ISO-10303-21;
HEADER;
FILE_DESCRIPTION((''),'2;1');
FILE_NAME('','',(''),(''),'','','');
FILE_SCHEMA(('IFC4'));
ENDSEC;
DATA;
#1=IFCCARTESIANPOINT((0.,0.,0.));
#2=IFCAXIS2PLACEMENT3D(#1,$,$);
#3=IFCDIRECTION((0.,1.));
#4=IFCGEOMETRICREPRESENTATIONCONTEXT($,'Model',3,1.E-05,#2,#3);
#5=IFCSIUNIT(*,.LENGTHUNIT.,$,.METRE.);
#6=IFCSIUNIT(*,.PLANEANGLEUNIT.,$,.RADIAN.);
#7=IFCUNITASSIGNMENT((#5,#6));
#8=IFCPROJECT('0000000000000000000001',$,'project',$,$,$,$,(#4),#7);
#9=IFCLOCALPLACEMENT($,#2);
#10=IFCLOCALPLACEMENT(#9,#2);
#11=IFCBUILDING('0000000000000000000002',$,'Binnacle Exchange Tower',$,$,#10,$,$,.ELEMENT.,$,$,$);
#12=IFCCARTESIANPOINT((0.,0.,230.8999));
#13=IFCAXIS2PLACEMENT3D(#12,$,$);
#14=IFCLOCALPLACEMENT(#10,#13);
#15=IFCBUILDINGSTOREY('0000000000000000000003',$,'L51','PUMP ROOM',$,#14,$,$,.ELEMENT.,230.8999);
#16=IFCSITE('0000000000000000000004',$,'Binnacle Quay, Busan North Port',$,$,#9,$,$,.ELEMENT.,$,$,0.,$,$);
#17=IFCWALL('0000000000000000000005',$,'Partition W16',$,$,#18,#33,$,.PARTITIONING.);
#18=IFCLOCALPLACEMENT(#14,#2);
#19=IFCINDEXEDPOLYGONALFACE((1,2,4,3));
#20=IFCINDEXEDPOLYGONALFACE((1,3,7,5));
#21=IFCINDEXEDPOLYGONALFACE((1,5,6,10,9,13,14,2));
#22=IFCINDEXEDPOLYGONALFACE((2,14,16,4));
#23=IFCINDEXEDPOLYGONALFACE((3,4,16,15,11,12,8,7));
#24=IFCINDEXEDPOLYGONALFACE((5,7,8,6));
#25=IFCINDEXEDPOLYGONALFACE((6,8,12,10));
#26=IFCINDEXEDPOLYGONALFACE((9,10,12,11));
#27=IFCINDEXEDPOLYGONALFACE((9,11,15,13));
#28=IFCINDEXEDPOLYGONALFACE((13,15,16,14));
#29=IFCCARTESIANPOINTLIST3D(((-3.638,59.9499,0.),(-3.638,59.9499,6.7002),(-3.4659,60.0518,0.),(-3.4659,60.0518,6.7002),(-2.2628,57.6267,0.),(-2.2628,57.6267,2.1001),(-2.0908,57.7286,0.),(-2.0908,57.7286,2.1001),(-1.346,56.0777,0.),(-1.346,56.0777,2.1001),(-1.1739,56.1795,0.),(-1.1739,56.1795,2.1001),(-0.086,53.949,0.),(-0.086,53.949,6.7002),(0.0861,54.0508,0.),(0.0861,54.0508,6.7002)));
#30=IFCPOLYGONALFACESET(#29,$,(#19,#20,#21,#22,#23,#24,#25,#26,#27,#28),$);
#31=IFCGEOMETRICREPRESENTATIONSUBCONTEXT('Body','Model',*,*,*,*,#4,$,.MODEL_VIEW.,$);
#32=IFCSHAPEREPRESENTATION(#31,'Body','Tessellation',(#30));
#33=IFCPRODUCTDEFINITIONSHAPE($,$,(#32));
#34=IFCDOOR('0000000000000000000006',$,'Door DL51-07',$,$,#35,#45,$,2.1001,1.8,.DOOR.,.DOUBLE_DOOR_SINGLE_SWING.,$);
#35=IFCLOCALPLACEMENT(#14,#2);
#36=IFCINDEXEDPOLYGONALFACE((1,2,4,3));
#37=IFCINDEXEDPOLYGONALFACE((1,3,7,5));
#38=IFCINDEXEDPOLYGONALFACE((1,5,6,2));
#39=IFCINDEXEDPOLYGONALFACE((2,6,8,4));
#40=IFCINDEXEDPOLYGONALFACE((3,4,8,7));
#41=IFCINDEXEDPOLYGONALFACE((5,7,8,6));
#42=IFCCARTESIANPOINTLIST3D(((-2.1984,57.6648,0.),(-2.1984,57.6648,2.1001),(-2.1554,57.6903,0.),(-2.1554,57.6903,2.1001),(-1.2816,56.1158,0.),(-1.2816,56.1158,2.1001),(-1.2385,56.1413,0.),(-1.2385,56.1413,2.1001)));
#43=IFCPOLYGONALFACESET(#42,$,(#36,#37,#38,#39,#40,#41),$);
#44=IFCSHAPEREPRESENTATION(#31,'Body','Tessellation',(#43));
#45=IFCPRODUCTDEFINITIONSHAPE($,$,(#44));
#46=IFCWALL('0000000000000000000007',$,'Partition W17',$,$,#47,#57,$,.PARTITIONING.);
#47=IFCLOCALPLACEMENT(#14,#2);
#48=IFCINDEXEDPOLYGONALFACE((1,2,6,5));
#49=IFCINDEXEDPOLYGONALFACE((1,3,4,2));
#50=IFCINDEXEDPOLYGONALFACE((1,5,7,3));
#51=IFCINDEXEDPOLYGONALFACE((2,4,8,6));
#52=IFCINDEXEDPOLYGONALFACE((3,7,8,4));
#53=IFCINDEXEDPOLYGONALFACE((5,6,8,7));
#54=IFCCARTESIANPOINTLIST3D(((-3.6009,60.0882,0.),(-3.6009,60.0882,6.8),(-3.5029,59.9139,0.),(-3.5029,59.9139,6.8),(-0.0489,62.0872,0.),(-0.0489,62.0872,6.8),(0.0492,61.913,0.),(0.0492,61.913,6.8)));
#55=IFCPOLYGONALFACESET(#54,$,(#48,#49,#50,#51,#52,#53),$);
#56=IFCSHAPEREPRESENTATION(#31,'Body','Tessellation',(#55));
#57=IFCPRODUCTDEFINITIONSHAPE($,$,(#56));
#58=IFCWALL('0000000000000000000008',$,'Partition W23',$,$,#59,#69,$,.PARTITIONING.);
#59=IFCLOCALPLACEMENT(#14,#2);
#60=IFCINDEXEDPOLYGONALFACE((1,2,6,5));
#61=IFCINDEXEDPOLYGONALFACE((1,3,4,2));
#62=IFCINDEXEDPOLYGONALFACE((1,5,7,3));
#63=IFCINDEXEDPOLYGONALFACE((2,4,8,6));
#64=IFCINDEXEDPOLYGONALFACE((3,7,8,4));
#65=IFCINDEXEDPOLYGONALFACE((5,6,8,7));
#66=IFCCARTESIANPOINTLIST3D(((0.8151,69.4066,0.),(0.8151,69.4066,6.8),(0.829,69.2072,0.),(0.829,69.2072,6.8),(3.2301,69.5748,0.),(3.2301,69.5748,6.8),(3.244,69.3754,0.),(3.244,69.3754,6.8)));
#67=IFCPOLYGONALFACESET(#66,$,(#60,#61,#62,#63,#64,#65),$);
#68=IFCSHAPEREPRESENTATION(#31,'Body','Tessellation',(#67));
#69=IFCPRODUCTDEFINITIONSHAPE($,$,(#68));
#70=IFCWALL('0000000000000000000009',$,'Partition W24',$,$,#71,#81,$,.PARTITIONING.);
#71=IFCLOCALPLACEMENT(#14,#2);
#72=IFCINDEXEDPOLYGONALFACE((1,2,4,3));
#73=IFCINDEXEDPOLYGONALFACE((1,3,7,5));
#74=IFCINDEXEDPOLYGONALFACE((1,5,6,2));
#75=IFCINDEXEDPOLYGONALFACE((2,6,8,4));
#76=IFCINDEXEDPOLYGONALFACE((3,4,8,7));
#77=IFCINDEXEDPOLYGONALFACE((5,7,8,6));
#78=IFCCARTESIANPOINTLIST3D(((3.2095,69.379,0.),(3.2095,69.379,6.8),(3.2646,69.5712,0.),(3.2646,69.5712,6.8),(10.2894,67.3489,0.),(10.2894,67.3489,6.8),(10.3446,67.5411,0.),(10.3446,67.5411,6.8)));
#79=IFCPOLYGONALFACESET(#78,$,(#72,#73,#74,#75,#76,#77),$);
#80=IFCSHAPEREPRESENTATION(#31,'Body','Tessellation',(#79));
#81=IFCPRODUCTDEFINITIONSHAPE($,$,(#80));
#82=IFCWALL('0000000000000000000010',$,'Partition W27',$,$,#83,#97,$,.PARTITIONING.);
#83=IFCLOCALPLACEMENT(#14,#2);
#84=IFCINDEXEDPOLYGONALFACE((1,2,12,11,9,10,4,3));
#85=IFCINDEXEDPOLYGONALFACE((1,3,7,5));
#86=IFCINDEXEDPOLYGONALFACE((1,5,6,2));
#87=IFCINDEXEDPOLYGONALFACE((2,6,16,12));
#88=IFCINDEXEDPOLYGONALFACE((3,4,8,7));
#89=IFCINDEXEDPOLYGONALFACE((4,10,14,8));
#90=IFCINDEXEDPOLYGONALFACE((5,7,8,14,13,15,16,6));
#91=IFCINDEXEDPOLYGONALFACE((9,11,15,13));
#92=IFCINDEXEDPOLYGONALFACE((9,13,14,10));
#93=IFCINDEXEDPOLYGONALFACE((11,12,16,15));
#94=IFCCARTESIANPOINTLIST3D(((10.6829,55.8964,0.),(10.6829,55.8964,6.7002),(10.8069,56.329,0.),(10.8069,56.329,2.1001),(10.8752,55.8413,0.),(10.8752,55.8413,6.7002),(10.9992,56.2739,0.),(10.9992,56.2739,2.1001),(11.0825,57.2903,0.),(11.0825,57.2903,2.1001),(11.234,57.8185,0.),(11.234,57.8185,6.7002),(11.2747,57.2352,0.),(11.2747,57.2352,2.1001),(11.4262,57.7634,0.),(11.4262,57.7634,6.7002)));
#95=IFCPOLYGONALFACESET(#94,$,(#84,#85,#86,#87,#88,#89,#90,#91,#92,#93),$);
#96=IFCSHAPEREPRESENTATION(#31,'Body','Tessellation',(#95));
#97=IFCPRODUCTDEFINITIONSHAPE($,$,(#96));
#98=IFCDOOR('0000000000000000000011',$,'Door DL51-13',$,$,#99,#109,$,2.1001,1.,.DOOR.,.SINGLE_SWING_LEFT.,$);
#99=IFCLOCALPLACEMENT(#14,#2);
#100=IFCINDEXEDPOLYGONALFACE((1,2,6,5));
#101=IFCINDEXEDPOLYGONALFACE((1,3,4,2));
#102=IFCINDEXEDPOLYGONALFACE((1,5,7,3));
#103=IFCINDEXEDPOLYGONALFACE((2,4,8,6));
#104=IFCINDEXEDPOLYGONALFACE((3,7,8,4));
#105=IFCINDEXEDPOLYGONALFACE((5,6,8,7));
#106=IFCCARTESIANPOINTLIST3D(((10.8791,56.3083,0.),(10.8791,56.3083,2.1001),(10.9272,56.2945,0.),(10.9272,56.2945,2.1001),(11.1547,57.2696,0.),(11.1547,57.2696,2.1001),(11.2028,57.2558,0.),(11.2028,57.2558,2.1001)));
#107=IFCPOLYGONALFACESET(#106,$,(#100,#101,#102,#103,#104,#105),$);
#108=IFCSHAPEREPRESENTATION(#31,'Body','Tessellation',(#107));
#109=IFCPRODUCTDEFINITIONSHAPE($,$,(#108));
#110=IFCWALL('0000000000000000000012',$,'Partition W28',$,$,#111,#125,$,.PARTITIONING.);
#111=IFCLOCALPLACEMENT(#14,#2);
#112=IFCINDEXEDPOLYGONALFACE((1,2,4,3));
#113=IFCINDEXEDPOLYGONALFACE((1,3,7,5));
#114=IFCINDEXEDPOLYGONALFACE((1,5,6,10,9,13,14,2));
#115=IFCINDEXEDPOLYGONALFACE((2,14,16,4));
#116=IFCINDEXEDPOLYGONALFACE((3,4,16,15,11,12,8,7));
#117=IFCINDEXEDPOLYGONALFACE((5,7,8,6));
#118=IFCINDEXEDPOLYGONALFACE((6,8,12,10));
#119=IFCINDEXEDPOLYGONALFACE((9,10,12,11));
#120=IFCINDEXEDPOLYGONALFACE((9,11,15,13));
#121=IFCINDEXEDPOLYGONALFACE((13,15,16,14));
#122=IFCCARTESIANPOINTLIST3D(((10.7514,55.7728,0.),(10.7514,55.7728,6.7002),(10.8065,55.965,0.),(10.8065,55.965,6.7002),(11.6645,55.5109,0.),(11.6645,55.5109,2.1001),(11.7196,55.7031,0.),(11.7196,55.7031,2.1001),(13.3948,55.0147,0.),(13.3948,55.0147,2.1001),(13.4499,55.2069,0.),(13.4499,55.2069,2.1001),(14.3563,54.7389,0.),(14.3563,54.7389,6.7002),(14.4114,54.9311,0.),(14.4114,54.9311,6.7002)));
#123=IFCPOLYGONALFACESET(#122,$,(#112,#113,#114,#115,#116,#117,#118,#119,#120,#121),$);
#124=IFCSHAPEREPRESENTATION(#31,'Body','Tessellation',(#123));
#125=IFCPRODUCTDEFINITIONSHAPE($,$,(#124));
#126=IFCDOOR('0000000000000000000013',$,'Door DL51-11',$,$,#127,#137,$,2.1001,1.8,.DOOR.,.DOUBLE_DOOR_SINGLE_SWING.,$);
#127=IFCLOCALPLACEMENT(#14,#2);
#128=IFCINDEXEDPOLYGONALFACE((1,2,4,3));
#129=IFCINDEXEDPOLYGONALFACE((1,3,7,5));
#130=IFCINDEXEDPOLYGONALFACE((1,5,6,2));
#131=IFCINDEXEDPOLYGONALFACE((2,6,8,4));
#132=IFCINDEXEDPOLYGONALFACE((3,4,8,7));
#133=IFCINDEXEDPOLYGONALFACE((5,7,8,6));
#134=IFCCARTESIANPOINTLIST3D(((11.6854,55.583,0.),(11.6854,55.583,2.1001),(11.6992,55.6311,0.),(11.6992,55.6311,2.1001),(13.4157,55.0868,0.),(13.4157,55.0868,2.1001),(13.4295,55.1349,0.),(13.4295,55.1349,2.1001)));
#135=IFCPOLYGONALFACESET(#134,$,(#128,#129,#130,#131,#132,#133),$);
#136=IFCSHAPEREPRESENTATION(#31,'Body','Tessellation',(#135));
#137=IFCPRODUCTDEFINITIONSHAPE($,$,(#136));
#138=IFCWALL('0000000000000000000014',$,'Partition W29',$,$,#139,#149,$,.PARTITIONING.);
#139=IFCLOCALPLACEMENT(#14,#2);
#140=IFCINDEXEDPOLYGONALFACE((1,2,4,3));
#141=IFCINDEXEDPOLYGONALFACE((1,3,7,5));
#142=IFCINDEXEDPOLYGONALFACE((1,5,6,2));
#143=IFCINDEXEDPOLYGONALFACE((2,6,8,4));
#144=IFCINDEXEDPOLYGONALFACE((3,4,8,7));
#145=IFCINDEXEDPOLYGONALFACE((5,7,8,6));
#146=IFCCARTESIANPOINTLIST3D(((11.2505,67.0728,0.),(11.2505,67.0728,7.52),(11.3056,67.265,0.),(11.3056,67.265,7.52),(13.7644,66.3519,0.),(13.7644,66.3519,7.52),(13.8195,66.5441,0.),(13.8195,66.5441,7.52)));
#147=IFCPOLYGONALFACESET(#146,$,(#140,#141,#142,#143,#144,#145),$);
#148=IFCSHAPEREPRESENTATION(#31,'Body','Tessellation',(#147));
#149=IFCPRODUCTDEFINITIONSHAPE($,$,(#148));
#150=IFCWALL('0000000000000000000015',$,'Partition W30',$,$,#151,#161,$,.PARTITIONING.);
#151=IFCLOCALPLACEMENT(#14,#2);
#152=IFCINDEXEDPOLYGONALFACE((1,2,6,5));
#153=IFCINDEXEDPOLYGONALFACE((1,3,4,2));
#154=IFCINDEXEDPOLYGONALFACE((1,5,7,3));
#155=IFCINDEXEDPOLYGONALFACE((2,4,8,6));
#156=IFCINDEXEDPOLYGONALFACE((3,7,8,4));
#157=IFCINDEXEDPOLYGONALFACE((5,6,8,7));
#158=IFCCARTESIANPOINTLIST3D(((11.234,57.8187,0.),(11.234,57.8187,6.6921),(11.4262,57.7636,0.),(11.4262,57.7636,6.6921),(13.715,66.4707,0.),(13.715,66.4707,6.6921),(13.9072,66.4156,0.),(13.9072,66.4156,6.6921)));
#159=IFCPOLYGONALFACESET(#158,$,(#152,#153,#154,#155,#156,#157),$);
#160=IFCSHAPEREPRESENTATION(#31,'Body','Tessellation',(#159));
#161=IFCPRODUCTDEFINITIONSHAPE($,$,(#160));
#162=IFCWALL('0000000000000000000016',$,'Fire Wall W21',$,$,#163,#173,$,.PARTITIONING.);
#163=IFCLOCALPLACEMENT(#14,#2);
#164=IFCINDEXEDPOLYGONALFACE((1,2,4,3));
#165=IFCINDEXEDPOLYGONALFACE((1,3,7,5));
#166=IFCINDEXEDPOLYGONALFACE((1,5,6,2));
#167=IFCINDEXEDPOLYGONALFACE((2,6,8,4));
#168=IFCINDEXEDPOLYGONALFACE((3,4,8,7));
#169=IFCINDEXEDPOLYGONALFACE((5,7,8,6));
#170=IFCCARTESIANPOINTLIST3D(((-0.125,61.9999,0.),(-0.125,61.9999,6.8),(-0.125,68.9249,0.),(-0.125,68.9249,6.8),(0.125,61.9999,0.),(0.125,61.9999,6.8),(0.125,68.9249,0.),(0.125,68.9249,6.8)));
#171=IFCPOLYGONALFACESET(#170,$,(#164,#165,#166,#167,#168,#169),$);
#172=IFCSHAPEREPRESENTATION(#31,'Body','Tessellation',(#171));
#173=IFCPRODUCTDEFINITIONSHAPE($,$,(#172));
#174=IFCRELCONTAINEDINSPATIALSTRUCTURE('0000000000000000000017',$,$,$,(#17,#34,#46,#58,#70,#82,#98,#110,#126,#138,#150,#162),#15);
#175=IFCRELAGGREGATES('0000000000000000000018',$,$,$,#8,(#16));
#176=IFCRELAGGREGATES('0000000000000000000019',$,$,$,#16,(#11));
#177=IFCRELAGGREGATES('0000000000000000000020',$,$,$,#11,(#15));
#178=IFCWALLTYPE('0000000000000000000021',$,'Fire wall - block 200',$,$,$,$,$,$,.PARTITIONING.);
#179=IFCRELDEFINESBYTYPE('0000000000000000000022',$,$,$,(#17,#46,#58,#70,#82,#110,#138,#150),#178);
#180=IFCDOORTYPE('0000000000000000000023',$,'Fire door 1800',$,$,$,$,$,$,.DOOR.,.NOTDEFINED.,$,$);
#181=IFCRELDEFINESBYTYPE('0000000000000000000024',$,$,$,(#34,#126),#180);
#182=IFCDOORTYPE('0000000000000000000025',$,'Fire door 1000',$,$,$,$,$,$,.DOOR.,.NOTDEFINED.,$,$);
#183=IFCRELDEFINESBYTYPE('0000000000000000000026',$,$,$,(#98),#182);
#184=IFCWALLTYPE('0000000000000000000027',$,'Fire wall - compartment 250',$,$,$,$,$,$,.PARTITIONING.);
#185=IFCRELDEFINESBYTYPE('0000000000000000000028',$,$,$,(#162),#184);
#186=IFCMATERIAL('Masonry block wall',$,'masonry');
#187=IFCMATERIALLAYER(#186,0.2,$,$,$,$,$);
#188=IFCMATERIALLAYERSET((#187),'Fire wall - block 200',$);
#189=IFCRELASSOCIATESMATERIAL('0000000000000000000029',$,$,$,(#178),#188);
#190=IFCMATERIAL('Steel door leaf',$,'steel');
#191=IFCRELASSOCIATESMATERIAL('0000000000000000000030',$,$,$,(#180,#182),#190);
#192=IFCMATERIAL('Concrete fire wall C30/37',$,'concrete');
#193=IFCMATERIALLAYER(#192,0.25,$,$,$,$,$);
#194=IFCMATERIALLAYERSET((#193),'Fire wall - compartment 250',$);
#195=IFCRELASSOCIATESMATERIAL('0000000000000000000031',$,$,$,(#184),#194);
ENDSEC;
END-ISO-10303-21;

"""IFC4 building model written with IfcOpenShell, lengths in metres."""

from ifc_helpers import new_model, si_unit, direction, frame, frame_2d, origin, place, context, subcontext, project, spatial, rectangle, extrude, material, layer, layer_set, type_object, element, fill, save


model = new_model("IFC4")

# Units and contexts
model_context = context("Model", 3, precision=1e-05, world=origin(), true_north=direction((0.0, 1.0)))
body_context = subcontext(model_context, "Body", "Model", "MODEL_VIEW")
ifc_project = project(units=[si_unit("LENGTHUNIT", "METRE"), si_unit("PLANEANGLEUNIT", "RADIAN")], contexts=[model_context])

# Site, building, storey
site_placement = place(None, origin())
site = spatial("IfcSite", under=ifc_project, at=site_placement, Name="Binnacle Quay, Busan North Port", CompositionType="ELEMENT", RefElevation=0.0)
building_placement = place(site_placement, origin())
building = spatial("IfcBuilding", under=site, at=building_placement, Name="Binnacle Exchange Tower", CompositionType="ELEMENT")
storey_placement = place(building_placement, frame((0.0, 0.0, 230.8999)))
storey = spatial("IfcBuildingStorey", under=building, at=storey_placement, Name="L51", Description="PUMP ROOM", CompositionType="ELEMENT", Elevation=230.8999)

# Wall, opening, door
ifc_material_1 = material(Name="Masonry block wall", Category="masonry")
ifc_layer_1 = layer(ifc_material_1, 0.2)
ifc_layer_set_1 = layer_set([ifc_layer_1], Name="Fire wall - block 200")
wall_type_1 = type_object("IfcWallType", Name="Fire wall - block 200", PredefinedType="PARTITIONING", material=ifc_layer_set_1)
ifc_material_2 = material(Name="Steel door leaf", Category="steel")
door_type_1 = type_object("IfcDoorType", Name="Fire door 1800", OperationType="NOTDEFINED", PredefinedType="DOOR", material=ifc_material_2)
wall_1_placement = place(storey_placement, frame((-3.552, 60.001, 0.0), z_axis=(0.0, 0.0, 1.0), x_axis=(0.509364, -0.860551, 0.0)))
wall_1 = element("IfcWall", 1, at=wall_1_placement, inside=storey, type_object=wall_type_1, Name="Partition W16", PredefinedType="PARTITIONING", context=body_context, shape_type="SweptSolid", body=[
    extrude(rectangle(XDim=6.9734, YDim=0.2, at=frame_2d((3.4868, 0.0))), origin(), (0.0, 0.0, 1.0), 6.7002),
])
opening_1_placement = place(wall_1_placement, frame((2.7, 0.0, 0.0)))
opening_1 = element("IfcOpeningElement", 2, at=opening_1_placement, cuts=wall_1, PredefinedType="OPENING", context=body_context, shape_type="SweptSolid", body=[
    extrude(rectangle(XDim=1.8, YDim=2.1001, at=frame_2d((0.8999, 1.05))), frame((0.0, 0.1099, 0.0), z_axis=(0.0, -1.0, 0.0), x_axis=(1.0, 0.0, 0.0)), (0.0, 0.0, 1.0), 0.22),
])
door_1_placement = place(opening_1_placement, origin())
door_1 = element("IfcDoor", 3, at=door_1_placement, inside=storey, type_object=door_type_1, Name="Door DL51-07", OperationType="DOUBLE_DOOR_SINGLE_SWING", OverallHeight=2.1001, OverallWidth=1.8, PredefinedType="DOOR", context=body_context, shape_type="SweptSolid", body=[
    extrude(rectangle(XDim=1.8, YDim=2.1001, at=frame_2d((0.8999, 1.05))), frame((0.0, 0.0249, 0.0), z_axis=(0.0, -1.0, 0.0), x_axis=(1.0, 0.0, 0.0)), (0.0, 0.0, 1.0), 0.05),
])
fill(opening_1, door_1)

# Walls
wall_2_placement = place(storey_placement, frame((-3.552, 60.001, 0.0), z_axis=(0.0, 0.0, 1.0), x_axis=(0.871468, 0.490452, 0.0)))
element("IfcWall", 4, at=wall_2_placement, inside=storey, type_object=wall_type_1, Name="Partition W17", PredefinedType="PARTITIONING", context=body_context, shape_type="SweptSolid", body=[
    extrude(rectangle(XDim=4.0759, YDim=0.2, at=frame_2d((2.0381, 0.0))), origin(), (0.0, 0.0, 1.0), 6.8),
])
wall_3_placement = place(storey_placement, frame((0.822, 69.3069, 0.0), z_axis=(0.0, 0.0, 1.0), x_axis=(0.997583, 0.069484, 0.0)))
element("IfcWall", 5, at=wall_3_placement, inside=storey, type_object=wall_type_1, Name="Partition W23", PredefinedType="PARTITIONING", context=body_context, shape_type="SweptSolid", body=[
    extrude(rectangle(XDim=2.4209, YDim=0.2, at=frame_2d((1.2104, 0.0))), origin(), (0.0, 0.0, 1.0), 6.8),
])
wall_4_placement = place(storey_placement, frame((3.2371, 69.4751, 0.0), z_axis=(0.0, 0.0, 1.0), x_axis=(0.961265, -0.275627, 0.0)))
element("IfcWall", 6, at=wall_4_placement, inside=storey, type_object=wall_type_1, Name="Partition W24", PredefinedType="PARTITIONING", context=body_context, shape_type="SweptSolid", body=[
    extrude(rectangle(XDim=7.3652, YDim=0.2, at=frame_2d((3.6826, 0.0))), origin(), (0.0, 0.0, 1.0), 6.8),
])

# Walls, openings, doors
wall_5_placement = place(storey_placement, frame((10.7791, 55.8689, 0.0), z_axis=(0.0, 0.0, 1.0), x_axis=(0.275576, 0.961279, 0.0)))
wall_5 = element("IfcWall", 7, at=wall_5_placement, inside=storey, type_object=wall_type_1, Name="Partition W27", PredefinedType="PARTITIONING", context=body_context, shape_type="SweptSolid", body=[
    extrude(rectangle(XDim=1.9995, YDim=0.2, at=frame_2d((0.9998, 0.0))), origin(), (0.0, 0.0, 1.0), 6.7002),
])
opening_2_placement = place(wall_5_placement, frame((0.45, 0.0, 0.0)))
opening_2 = element("IfcOpeningElement", 8, at=opening_2_placement, cuts=wall_5, PredefinedType="OPENING", context=body_context, shape_type="SweptSolid", body=[
    extrude(rectangle(XDim=1.0, YDim=2.1001, at=frame_2d((0.5, 1.05))), frame((0.0, 0.1099, 0.0), z_axis=(0.0, -1.0, 0.0), x_axis=(1.0, 0.0, 0.0)), (0.0, 0.0, 1.0), 0.22),
])
door_type_2 = type_object("IfcDoorType", Name="Fire door 1000", OperationType="NOTDEFINED", PredefinedType="DOOR", material=ifc_material_2)
door_2_placement = place(opening_2_placement, origin())
door_2 = element("IfcDoor", 9, at=door_2_placement, inside=storey, type_object=door_type_2, Name="Door DL51-13", OperationType="SINGLE_SWING_LEFT", OverallHeight=2.1001, OverallWidth=1.0, PredefinedType="DOOR", context=body_context, shape_type="SweptSolid", body=[
    extrude(rectangle(XDim=1.0, YDim=2.1001, at=frame_2d((0.5, 1.05))), frame((0.0, 0.0249, 0.0), z_axis=(0.0, -1.0, 0.0), x_axis=(1.0, 0.0, 0.0)), (0.0, 0.0, 1.0), 0.05),
])
fill(opening_2, door_2)
wall_6_placement = place(storey_placement, frame((10.7791, 55.8689, 0.0), z_axis=(0.0, 0.0, 1.0), x_axis=(0.961246, -0.275693, 0.0)))
wall_6 = element("IfcWall", 10, at=wall_6_placement, inside=storey, type_object=wall_type_1, Name="Partition W28", PredefinedType="PARTITIONING", context=body_context, shape_type="SweptSolid", body=[
    extrude(rectangle(XDim=3.7502, YDim=0.2, at=frame_2d((1.875, 0.0))), origin(), (0.0, 0.0, 1.0), 6.7002),
])
opening_3_placement = place(wall_6_placement, frame((0.95, 0.0, 0.0)))
opening_3 = element("IfcOpeningElement", 11, at=opening_3_placement, cuts=wall_6, PredefinedType="OPENING", context=body_context, shape_type="SweptSolid", body=[
    extrude(rectangle(XDim=1.8, YDim=2.1001, at=frame_2d((0.8999, 1.05))), frame((0.0, 0.1099, 0.0), z_axis=(0.0, -1.0, 0.0), x_axis=(1.0, 0.0, 0.0)), (0.0, 0.0, 1.0), 0.22),
])
door_3_placement = place(opening_3_placement, frame((1.8, 0.0, 0.0), z_axis=(0.0, 0.0, 1.0), x_axis=(-1.0, 0.0, 0.0)))
door_3 = element("IfcDoor", 12, at=door_3_placement, inside=storey, type_object=door_type_1, Name="Door DL51-11", OperationType="DOUBLE_DOOR_SINGLE_SWING", OverallHeight=2.1001, OverallWidth=1.8, PredefinedType="DOOR", context=body_context, shape_type="SweptSolid", body=[
    extrude(rectangle(XDim=1.8, YDim=2.1001, at=frame_2d((0.8999, 1.05))), frame((0.0, 0.0249, 0.0), z_axis=(0.0, -1.0, 0.0), x_axis=(1.0, 0.0, 0.0)), (0.0, 0.0, 1.0), 0.05),
])
fill(opening_3, door_3)

# Walls
wall_7_placement = place(storey_placement, frame((11.2781, 67.1689, 0.0), z_axis=(0.0, 0.0, 1.0), x_axis=(0.961252, -0.27567, 0.0)))
element("IfcWall", 13, at=wall_7_placement, inside=storey, type_object=wall_type_1, Name="Partition W29", PredefinedType="PARTITIONING", context=body_context, shape_type="SweptSolid", body=[
    extrude(rectangle(XDim=2.6152, YDim=0.2, at=frame_2d((1.3076, 0.0))), origin(), (0.0, 0.0, 1.0), 7.52),
])
wall_8_placement = place(storey_placement, frame((11.3301, 57.791, 0.0), z_axis=(0.0, 0.0, 1.0), x_axis=(0.275638, 0.961261, 0.0)))
element("IfcWall", 14, at=wall_8_placement, inside=storey, type_object=wall_type_1, Name="Partition W30", PredefinedType="PARTITIONING", context=body_context, shape_type="SweptSolid", body=[
    extrude(rectangle(XDim=9.0007, YDim=0.2, at=frame_2d((4.5005, 0.0))), origin(), (0.0, 0.0, 1.0), 6.6921),
])
ifc_material_3 = material(Name="Concrete fire wall C30/37", Category="concrete")
ifc_layer_2 = layer(ifc_material_3, 0.25)
ifc_layer_set_2 = layer_set([ifc_layer_2], Name="Fire wall - compartment 250")
wall_type_2 = type_object("IfcWallType", Name="Fire wall - compartment 250", PredefinedType="PARTITIONING", material=ifc_layer_set_2)
wall_9_placement = place(storey_placement, frame((0.0, 62.0, 0.0), z_axis=(0.0, 0.0, 1.0), x_axis=(0.0, 1.0, 0.0)))
element("IfcWall", 15, at=wall_9_placement, inside=storey, type_object=wall_type_2, Name="Fire Wall W21", PredefinedType="PARTITIONING", context=body_context, shape_type="SweptSolid", body=[
    extrude(rectangle(XDim=6.925, YDim=0.25, at=frame_2d((3.4624, 0.0))), origin(), (0.0, 0.0, 1.0), 6.8),
])

save(model, "model.ifc")
